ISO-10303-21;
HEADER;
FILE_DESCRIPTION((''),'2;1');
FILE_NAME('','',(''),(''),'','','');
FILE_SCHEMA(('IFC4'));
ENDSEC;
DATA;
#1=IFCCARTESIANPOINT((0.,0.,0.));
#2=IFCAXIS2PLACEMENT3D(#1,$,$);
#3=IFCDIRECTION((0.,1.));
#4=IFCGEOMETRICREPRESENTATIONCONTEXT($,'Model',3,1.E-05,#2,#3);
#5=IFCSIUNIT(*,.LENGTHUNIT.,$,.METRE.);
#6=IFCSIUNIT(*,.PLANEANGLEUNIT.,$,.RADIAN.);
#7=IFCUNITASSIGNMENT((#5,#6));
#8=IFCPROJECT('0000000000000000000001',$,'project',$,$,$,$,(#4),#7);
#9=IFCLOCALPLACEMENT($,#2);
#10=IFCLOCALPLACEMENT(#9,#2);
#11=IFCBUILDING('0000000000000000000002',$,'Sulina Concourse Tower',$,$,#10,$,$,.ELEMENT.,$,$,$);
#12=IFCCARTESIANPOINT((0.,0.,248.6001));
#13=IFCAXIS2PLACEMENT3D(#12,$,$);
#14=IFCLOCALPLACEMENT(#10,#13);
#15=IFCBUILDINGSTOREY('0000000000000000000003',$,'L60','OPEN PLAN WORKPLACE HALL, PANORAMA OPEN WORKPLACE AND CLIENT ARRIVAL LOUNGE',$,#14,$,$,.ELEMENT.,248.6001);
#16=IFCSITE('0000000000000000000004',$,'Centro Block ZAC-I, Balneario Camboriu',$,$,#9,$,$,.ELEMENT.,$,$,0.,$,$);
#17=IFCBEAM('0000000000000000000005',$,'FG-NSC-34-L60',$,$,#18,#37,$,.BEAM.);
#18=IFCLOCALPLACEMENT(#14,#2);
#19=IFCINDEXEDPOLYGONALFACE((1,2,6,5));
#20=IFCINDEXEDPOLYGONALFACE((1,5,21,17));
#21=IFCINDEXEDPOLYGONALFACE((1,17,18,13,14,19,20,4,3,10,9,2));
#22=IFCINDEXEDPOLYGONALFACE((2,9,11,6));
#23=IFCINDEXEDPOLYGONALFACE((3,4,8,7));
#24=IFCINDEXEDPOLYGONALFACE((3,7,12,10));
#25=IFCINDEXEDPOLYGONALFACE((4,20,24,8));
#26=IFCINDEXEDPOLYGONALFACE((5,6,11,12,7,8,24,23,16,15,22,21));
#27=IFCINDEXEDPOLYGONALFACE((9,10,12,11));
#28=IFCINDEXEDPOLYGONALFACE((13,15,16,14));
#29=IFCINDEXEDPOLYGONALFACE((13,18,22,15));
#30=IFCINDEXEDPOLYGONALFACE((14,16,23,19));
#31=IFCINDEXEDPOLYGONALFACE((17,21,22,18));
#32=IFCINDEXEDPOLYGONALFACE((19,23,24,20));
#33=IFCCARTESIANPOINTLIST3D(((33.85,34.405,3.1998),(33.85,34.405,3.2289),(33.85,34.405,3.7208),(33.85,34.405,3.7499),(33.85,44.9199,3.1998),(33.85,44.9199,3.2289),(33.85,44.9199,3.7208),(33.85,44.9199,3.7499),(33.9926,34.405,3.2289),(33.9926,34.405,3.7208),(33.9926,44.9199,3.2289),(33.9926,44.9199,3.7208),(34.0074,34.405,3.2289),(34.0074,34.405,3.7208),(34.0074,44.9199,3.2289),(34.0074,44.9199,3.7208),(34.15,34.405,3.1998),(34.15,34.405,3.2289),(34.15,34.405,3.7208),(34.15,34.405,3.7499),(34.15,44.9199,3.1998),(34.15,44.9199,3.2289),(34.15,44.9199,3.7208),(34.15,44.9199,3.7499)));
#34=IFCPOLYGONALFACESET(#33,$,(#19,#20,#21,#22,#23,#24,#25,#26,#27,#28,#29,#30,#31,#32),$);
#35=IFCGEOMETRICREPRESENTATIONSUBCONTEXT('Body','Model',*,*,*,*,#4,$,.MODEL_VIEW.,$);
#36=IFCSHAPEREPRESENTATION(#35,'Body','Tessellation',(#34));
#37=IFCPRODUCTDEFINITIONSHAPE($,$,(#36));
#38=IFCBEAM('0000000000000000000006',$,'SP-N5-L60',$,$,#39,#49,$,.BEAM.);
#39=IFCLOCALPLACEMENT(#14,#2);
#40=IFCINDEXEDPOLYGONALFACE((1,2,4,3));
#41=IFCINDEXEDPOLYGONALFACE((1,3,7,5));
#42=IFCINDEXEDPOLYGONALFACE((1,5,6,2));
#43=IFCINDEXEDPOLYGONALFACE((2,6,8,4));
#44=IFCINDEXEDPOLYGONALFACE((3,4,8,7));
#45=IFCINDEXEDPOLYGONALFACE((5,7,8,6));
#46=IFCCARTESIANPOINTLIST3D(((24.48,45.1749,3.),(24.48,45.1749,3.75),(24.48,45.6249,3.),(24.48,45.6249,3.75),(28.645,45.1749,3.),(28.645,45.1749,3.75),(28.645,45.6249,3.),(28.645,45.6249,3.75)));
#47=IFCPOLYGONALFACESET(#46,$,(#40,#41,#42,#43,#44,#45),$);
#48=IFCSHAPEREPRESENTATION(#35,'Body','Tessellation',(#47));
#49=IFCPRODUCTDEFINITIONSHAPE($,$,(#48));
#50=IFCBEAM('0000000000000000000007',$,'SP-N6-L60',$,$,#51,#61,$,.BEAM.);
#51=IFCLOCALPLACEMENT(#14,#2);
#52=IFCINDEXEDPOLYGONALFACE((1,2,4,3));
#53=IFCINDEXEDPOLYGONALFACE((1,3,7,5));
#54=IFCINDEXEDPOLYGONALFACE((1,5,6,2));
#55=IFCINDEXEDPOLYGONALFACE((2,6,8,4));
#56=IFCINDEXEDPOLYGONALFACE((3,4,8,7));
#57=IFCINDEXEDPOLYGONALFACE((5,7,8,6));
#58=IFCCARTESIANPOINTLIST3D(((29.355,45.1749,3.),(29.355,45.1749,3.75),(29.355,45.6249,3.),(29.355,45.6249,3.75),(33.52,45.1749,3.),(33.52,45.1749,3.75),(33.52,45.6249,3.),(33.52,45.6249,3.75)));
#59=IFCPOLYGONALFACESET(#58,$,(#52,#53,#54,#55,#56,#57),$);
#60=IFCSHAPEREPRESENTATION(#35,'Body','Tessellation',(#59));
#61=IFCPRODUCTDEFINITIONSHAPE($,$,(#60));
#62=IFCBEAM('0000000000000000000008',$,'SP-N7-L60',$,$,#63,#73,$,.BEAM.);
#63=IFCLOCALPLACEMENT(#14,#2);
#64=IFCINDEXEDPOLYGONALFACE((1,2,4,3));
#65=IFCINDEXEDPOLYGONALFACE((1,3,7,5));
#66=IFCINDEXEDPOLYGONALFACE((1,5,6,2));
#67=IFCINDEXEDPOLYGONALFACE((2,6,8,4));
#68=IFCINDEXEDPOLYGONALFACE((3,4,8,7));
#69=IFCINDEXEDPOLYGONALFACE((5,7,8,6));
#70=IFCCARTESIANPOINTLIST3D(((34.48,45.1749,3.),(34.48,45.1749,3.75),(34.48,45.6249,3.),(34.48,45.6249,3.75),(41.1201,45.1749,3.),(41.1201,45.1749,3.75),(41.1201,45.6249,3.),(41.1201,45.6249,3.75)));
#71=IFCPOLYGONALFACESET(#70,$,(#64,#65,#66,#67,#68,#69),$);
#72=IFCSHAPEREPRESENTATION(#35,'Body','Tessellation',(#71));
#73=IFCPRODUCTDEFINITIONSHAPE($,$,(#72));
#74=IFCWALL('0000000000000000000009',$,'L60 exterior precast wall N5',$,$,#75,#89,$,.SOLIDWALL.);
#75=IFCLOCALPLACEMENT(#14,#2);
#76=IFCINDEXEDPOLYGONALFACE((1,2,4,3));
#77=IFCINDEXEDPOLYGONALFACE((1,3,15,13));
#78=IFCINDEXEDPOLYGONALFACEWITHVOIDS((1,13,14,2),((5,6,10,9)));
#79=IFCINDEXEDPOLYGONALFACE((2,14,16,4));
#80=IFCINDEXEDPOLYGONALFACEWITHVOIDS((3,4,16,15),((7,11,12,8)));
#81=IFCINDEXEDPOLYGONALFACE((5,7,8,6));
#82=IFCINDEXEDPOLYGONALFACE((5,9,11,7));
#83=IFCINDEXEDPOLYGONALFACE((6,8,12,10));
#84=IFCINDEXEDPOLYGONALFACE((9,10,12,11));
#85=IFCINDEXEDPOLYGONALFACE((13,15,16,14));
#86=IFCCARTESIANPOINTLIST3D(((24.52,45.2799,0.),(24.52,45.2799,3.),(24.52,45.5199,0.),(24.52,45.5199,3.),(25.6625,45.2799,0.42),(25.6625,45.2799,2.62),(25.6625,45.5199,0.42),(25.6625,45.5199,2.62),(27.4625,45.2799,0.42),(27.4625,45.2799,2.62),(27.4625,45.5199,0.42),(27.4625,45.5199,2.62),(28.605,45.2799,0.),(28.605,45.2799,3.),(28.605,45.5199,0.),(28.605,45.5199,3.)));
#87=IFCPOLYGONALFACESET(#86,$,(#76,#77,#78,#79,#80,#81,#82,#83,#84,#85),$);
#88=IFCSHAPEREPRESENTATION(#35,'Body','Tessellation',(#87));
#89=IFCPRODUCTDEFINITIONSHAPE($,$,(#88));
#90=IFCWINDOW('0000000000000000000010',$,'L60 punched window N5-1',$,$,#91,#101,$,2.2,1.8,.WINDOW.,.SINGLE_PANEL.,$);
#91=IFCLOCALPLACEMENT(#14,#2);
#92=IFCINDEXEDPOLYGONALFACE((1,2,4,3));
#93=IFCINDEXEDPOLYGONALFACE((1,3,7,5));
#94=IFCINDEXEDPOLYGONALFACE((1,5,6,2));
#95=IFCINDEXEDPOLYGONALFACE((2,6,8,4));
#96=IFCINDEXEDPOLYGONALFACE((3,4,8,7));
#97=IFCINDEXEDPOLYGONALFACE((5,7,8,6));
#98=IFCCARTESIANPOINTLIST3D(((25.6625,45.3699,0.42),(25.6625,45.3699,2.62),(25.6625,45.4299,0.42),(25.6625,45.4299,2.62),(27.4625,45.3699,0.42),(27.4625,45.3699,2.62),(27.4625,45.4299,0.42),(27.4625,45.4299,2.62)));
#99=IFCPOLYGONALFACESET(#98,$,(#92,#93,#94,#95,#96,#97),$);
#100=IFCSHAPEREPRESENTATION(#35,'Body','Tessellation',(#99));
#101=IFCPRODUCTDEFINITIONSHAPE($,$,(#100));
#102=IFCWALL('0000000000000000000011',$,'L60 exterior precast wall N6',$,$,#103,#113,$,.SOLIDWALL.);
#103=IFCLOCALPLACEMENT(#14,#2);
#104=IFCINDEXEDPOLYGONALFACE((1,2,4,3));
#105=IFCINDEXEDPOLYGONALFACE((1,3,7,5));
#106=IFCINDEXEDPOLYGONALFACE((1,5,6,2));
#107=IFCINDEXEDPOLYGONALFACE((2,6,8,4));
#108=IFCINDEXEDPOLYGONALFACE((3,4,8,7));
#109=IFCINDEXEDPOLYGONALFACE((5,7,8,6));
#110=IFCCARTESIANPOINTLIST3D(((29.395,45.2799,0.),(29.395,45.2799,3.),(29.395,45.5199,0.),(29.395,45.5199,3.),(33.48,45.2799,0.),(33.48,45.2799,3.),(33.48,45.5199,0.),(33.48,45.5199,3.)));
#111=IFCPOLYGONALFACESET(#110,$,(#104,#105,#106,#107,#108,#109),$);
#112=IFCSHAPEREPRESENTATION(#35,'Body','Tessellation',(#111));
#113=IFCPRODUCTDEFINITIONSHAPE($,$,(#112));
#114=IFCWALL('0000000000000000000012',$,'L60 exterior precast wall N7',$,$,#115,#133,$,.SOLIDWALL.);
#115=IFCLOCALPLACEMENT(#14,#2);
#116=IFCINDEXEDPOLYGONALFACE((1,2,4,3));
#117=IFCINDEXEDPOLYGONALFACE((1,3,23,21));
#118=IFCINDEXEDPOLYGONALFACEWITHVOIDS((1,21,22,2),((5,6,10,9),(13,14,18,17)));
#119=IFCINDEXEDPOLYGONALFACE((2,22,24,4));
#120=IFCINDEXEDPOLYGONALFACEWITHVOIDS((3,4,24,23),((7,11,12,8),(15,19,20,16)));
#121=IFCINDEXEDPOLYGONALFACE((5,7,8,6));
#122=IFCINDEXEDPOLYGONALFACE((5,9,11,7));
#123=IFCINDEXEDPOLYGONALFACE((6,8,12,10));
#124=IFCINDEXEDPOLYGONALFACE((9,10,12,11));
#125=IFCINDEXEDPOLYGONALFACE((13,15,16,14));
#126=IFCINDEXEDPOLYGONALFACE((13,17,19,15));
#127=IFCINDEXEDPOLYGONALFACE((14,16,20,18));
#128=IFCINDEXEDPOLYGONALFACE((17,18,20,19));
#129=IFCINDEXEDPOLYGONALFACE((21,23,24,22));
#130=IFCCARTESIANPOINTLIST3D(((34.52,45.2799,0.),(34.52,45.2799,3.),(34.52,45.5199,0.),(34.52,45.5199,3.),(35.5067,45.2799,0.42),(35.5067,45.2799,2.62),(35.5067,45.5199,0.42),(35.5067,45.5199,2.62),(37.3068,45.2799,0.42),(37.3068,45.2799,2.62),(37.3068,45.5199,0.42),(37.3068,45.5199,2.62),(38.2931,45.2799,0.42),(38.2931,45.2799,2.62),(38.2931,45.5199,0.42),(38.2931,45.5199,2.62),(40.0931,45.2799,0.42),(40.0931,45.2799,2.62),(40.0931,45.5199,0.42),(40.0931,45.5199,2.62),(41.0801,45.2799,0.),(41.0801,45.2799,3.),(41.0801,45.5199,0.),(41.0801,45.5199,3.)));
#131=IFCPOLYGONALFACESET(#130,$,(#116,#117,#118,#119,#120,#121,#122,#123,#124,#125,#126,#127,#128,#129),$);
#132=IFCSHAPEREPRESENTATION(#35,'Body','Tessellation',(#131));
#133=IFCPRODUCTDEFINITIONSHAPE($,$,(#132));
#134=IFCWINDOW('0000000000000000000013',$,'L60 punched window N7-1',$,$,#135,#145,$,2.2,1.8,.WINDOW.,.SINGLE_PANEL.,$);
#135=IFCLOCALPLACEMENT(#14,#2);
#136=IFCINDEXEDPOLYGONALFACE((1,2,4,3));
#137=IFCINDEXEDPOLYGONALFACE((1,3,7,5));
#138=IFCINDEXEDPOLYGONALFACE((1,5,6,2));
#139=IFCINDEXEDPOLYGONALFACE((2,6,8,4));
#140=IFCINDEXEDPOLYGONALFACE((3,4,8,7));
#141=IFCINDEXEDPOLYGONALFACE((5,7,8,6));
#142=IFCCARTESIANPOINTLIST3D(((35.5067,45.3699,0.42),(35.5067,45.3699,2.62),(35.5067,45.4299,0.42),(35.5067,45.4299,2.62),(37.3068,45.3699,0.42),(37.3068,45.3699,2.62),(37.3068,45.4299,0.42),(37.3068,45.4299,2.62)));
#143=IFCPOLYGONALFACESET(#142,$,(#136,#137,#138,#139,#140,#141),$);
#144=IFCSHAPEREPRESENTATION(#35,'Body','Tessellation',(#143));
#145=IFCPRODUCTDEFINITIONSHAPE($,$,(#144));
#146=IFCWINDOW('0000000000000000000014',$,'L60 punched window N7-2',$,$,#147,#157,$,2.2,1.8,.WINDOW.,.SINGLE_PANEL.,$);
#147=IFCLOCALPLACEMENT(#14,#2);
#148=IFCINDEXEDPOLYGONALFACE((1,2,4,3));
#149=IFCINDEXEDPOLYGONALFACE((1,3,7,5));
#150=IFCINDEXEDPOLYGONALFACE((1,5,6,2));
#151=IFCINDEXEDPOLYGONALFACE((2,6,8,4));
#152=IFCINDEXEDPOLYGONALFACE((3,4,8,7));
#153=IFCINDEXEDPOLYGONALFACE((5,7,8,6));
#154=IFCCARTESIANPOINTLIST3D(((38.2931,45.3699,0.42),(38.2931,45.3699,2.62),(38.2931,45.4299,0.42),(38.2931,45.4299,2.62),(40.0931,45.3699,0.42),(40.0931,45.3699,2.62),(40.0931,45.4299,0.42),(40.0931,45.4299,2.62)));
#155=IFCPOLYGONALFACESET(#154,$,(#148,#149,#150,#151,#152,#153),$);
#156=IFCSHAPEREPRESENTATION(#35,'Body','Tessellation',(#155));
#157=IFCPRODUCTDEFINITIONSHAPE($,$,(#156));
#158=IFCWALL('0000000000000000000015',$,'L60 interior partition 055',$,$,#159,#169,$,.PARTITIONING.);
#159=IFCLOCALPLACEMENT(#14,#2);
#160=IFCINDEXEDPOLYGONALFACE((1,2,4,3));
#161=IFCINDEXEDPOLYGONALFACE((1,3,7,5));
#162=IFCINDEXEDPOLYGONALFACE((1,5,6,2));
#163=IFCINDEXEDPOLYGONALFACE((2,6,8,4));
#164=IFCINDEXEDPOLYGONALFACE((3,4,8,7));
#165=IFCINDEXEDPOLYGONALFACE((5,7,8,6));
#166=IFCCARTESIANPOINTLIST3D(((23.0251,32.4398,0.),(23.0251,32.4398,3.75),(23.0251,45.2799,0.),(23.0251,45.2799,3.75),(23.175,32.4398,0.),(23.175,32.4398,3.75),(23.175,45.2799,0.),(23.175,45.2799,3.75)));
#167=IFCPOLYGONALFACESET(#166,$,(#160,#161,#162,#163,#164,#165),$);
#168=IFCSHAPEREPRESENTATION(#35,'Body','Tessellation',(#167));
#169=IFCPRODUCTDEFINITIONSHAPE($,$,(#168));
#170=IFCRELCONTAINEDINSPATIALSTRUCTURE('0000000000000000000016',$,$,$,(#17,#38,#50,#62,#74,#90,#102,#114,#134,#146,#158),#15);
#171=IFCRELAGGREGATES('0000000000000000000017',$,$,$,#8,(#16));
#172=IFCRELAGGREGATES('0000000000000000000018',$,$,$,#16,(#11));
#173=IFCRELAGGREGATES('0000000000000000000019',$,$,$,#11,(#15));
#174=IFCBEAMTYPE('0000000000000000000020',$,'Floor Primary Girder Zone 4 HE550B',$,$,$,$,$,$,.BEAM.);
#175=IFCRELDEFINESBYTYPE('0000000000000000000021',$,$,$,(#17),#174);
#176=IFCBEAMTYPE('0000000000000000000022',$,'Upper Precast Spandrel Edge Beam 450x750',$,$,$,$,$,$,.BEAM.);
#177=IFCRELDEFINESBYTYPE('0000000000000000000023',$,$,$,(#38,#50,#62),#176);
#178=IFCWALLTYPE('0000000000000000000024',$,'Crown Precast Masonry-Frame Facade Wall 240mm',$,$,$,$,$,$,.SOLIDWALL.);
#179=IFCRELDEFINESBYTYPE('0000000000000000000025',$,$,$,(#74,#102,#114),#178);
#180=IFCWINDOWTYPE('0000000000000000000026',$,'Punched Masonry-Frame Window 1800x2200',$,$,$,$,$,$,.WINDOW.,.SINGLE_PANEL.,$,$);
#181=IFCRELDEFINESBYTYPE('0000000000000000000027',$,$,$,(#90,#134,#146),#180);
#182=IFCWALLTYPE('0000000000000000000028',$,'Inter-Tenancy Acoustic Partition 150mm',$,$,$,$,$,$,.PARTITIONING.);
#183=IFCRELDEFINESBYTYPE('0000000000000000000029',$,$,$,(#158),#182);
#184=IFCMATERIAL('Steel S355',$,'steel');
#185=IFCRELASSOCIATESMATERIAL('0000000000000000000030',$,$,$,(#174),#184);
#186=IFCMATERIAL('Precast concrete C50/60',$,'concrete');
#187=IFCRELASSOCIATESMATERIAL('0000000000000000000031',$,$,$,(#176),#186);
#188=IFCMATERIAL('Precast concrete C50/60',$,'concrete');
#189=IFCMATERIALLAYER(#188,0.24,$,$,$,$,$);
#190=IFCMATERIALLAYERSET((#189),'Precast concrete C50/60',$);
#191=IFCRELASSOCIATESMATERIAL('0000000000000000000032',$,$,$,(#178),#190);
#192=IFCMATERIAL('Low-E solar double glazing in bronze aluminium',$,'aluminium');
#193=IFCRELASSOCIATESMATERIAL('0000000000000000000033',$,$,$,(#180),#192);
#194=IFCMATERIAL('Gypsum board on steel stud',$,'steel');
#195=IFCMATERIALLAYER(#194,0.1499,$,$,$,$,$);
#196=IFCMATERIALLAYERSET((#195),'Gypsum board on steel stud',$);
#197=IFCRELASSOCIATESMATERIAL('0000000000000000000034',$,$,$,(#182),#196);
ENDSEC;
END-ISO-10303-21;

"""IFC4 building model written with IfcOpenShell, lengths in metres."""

from ifc_helpers import new_model, si_unit, direction, frame, frame_2d, origin, origin_2d, place, context, subcontext, project, spatial, rectangle, i_section, extrude, material, layer, layer_set, material_profile, profile_set, type_object, element, fill, save


model = new_model("IFC4")

# Units and contexts
model_context = context("Model", 3, precision=1e-05, world=origin(), true_north=direction((0.0, 1.0)))
body_context = subcontext(model_context, "Body", "Model", "MODEL_VIEW")
ifc_project = project(units=[si_unit("LENGTHUNIT", "METRE"), si_unit("PLANEANGLEUNIT", "RADIAN")], contexts=[model_context])

# Site, building, storey
site_placement = place(None, origin())
site = spatial("IfcSite", under=ifc_project, at=site_placement, Name="Centro Block ZAC-I, Balneario Camboriu", CompositionType="ELEMENT", RefElevation=0.0)
building_placement = place(site_placement, origin())
building = spatial("IfcBuilding", under=site, at=building_placement, Name="Sulina Concourse Tower", CompositionType="ELEMENT")
storey_placement = place(building_placement, frame((0.0, 0.0, 248.6001)))
storey = spatial("IfcBuildingStorey", under=building, at=storey_placement, Name="L60", Description="OPEN PLAN WORKPLACE HALL, PANORAMA OPEN WORKPLACE AND CLIENT ARRIVAL LOUNGE", CompositionType="ELEMENT", Elevation=248.6001)

# Beams
ifc_material_1 = material(Name="Steel S355", Category="steel")
ifc_material_profile_1 = material_profile(ifc_material_1, i_section(OverallWidth=0.3, OverallDepth=0.55, WebThickness=0.0149, FlangeThickness=0.0291, at=origin_2d()), Name="HE 550 B")
ifc_profile_set_1 = profile_set([ifc_material_profile_1], Name="Steel S355")
beam_type_1 = type_object("IfcBeamType", Name="Floor Primary Girder Zone 4 HE550B", PredefinedType="BEAM", material=ifc_profile_set_1)
beam_1_placement = place(storey_placement, frame((34.0, 34.405, 3.4749), z_axis=(0.0, 1.0, 0.0), x_axis=(-1.0, 0.0, 0.0)))
element("IfcBeam", 1, at=beam_1_placement, inside=storey, type_object=beam_type_1, Name="FG-NSC-34-L60", PredefinedType="BEAM", context=body_context, shape_type="SweptSolid", body=[
    extrude(i_section(OverallWidth=0.3, OverallDepth=0.55, WebThickness=0.0149, FlangeThickness=0.0291, at=origin_2d()), origin(), (0.0, 0.0, 1.0), 10.5149),
])
ifc_material_2 = material(Name="Precast concrete C50/60", Category="concrete")
ifc_material_profile_2 = material_profile(ifc_material_2, rectangle(XDim=0.45, YDim=0.75, at=origin_2d()), Name="RC 450x750")
ifc_profile_set_2 = profile_set([ifc_material_profile_2], Name="Precast concrete C50/60")
beam_type_2 = type_object("IfcBeamType", Name="Upper Precast Spandrel Edge Beam 450x750", PredefinedType="BEAM", material=ifc_profile_set_2)
for number, where, z_axis, x_axis, name in (
    (2, (24.48, 45.3999, 3.375), (1.0, 0.0, 0.0), (0.0, 1.0, 0.0), "SP-N5-L60"),
    (3, (29.355, 45.3999, 3.375), (1.0, 0.0, 0.0), (0.0, 1.0, 0.0), "SP-N6-L60"),
):
    element("IfcBeam", number, at=place(storey_placement, frame(where, z_axis=z_axis, x_axis=x_axis)), inside=storey, type_object=beam_type_2, Name=name, PredefinedType="BEAM", context=body_context, shape_type="SweptSolid", body=[
        extrude(rectangle(XDim=0.45, YDim=0.75, at=origin_2d()), origin(), (0.0, 0.0, 1.0), 4.165),
    ])
beam_2_placement = place(storey_placement, frame((34.48, 45.3999, 3.375), z_axis=(1.0, 0.0, 0.0), x_axis=(0.0, 1.0, 0.0)))
element("IfcBeam", 4, at=beam_2_placement, inside=storey, type_object=beam_type_2, Name="SP-N7-L60", PredefinedType="BEAM", context=body_context, shape_type="SweptSolid", body=[
    extrude(rectangle(XDim=0.45, YDim=0.75, at=origin_2d()), origin(), (0.0, 0.0, 1.0), 6.6401),
])

# Wall, opening, window
ifc_material_3 = material(Name="Precast concrete C50/60", Category="concrete")
ifc_layer_1 = layer(ifc_material_3, 0.24)
ifc_layer_set_1 = layer_set([ifc_layer_1], Name="Precast concrete C50/60")
wall_type_1 = type_object("IfcWallType", Name="Crown Precast Masonry-Frame Facade Wall 240mm", PredefinedType="SOLIDWALL", material=ifc_layer_set_1)
wall_1_placement = place(storey_placement, frame((24.52, 45.3999, 0.0), z_axis=(0.0, 0.0, 1.0), x_axis=(1.0, 0.0, 0.0)))
wall_1 = element("IfcWall", 5, at=wall_1_placement, inside=storey, type_object=wall_type_1, Name="L60 exterior precast wall N5", PredefinedType="SOLIDWALL", context=body_context, shape_type="SweptSolid", body=[
    extrude(rectangle(XDim=4.085, YDim=0.24, at=frame_2d((2.0425, 0.0))), origin(), (0.0, 0.0, 1.0), 3.0),
])
opening_1_placement = place(wall_1_placement, frame((1.1426, 0.0, 0.4199)))
opening_1 = element("IfcOpeningElement", 6, at=opening_1_placement, cuts=wall_1, PredefinedType="OPENING", context=body_context, shape_type="SweptSolid", body=[
    extrude(rectangle(XDim=1.8, YDim=2.2, at=frame_2d((0.8999, 1.1001))), frame((0.0, 0.1299, 0.0), z_axis=(0.0, -1.0, 0.0), x_axis=(1.0, 0.0, 0.0)), (0.0, 0.0, 1.0), 0.26),
])
ifc_material_4 = material(Name="Low-E solar double glazing in bronze aluminium", Category="aluminium")
window_type = type_object("IfcWindowType", Name="Punched Masonry-Frame Window 1800x2200", PartitioningType="SINGLE_PANEL", PredefinedType="WINDOW", material=ifc_material_4)
window_1_placement = place(opening_1_placement, origin())
window_1 = element("IfcWindow", 7, at=window_1_placement, inside=storey, type_object=window_type, Name="L60 punched window N5-1", OverallHeight=2.2, OverallWidth=1.8, PartitioningType="SINGLE_PANEL", PredefinedType="WINDOW", context=body_context, shape_type="SweptSolid", body=[
    extrude(rectangle(XDim=1.8, YDim=2.2, at=frame_2d((0.8999, 1.1001))), frame((0.0, 0.03, 0.0), z_axis=(0.0, -1.0, 0.0), x_axis=(1.0, 0.0, 0.0)), (0.0, 0.0, 1.0), 0.0601),
])
fill(opening_1, window_1)

# Wall
wall_2_placement = place(storey_placement, frame((29.395, 45.3999, 0.0), z_axis=(0.0, 0.0, 1.0), x_axis=(1.0, 0.0, 0.0)))
element("IfcWall", 8, at=wall_2_placement, inside=storey, type_object=wall_type_1, Name="L60 exterior precast wall N6", PredefinedType="SOLIDWALL", context=body_context, shape_type="SweptSolid", body=[
    extrude(rectangle(XDim=4.085, YDim=0.24, at=frame_2d((2.0425, 0.0))), origin(), (0.0, 0.0, 1.0), 3.0),
])

# Wall, openings, windows
wall_3_placement = place(storey_placement, frame((34.52, 45.3999, 0.0), z_axis=(0.0, 0.0, 1.0), x_axis=(1.0, 0.0, 0.0)))
wall_3 = element("IfcWall", 9, at=wall_3_placement, inside=storey, type_object=wall_type_1, Name="L60 exterior precast wall N7", PredefinedType="SOLIDWALL", context=body_context, shape_type="SweptSolid", body=[
    extrude(rectangle(XDim=6.5601, YDim=0.24, at=frame_2d((3.28, 0.0))), origin(), (0.0, 0.0, 1.0), 3.0),
])
opening_2_placement = place(wall_3_placement, frame((0.9868, 0.0, 0.4199)))
opening_2 = element("IfcOpeningElement", 10, at=opening_2_placement, cuts=wall_3, PredefinedType="OPENING", context=body_context, shape_type="SweptSolid", body=[
    extrude(rectangle(XDim=1.8, YDim=2.2, at=frame_2d((0.8999, 1.1001))), frame((0.0, 0.1299, 0.0), z_axis=(0.0, -1.0, 0.0), x_axis=(1.0, 0.0, 0.0)), (0.0, 0.0, 1.0), 0.26),
])
opening_3_placement = place(wall_3_placement, frame((3.7732, 0.0, 0.4199)))
opening_3 = element("IfcOpeningElement", 11, at=opening_3_placement, cuts=wall_3, PredefinedType="OPENING", context=body_context, shape_type="SweptSolid", body=[
    extrude(rectangle(XDim=1.8, YDim=2.2, at=frame_2d((0.8999, 1.1001))), frame((0.0, 0.1299, 0.0), z_axis=(0.0, -1.0, 0.0), x_axis=(1.0, 0.0, 0.0)), (0.0, 0.0, 1.0), 0.26),
])
window_2_placement = place(opening_2_placement, origin())
window_2 = element("IfcWindow", 12, at=window_2_placement, inside=storey, type_object=window_type, Name="L60 punched window N7-1", OverallHeight=2.2, OverallWidth=1.8, PartitioningType="SINGLE_PANEL", PredefinedType="WINDOW", context=body_context, shape_type="SweptSolid", body=[
    extrude(rectangle(XDim=1.8, YDim=2.2, at=frame_2d((0.8999, 1.1001))), frame((0.0, 0.03, 0.0), z_axis=(0.0, -1.0, 0.0), x_axis=(1.0, 0.0, 0.0)), (0.0, 0.0, 1.0), 0.0601),
])
fill(opening_2, window_2)
window_3_placement = place(opening_3_placement, origin())
window_3 = element("IfcWindow", 13, at=window_3_placement, inside=storey, type_object=window_type, Name="L60 punched window N7-2", OverallHeight=2.2, OverallWidth=1.8, PartitioningType="SINGLE_PANEL", PredefinedType="WINDOW", context=body_context, shape_type="SweptSolid", body=[
    extrude(rectangle(XDim=1.8, YDim=2.2, at=frame_2d((0.8999, 1.1001))), frame((0.0, 0.03, 0.0), z_axis=(0.0, -1.0, 0.0), x_axis=(1.0, 0.0, 0.0)), (0.0, 0.0, 1.0), 0.0601),
])
fill(opening_3, window_3)

# Wall
ifc_material_5 = material(Name="Gypsum board on steel stud", Category="steel")
ifc_layer_2 = layer(ifc_material_5, 0.1499)
ifc_layer_set_2 = layer_set([ifc_layer_2], Name="Gypsum board on steel stud")
wall_type_2 = type_object("IfcWallType", Name="Inter-Tenancy Acoustic Partition 150mm", PredefinedType="PARTITIONING", material=ifc_layer_set_2)
wall_4_placement = place(storey_placement, frame((23.1001, 32.4399, 0.0), z_axis=(0.0, 0.0, 1.0), x_axis=(0.0, 1.0, 0.0)))
element("IfcWall", 14, at=wall_4_placement, inside=storey, type_object=wall_type_2, Name="L60 interior partition 055", PredefinedType="PARTITIONING", context=body_context, shape_type="SweptSolid", body=[
    extrude(rectangle(XDim=12.8401, YDim=0.1499, at=frame_2d((6.4199, 0.0))), origin(), (0.0, 0.0, 1.0), 3.75),
])

save(model, "model.ifc")
